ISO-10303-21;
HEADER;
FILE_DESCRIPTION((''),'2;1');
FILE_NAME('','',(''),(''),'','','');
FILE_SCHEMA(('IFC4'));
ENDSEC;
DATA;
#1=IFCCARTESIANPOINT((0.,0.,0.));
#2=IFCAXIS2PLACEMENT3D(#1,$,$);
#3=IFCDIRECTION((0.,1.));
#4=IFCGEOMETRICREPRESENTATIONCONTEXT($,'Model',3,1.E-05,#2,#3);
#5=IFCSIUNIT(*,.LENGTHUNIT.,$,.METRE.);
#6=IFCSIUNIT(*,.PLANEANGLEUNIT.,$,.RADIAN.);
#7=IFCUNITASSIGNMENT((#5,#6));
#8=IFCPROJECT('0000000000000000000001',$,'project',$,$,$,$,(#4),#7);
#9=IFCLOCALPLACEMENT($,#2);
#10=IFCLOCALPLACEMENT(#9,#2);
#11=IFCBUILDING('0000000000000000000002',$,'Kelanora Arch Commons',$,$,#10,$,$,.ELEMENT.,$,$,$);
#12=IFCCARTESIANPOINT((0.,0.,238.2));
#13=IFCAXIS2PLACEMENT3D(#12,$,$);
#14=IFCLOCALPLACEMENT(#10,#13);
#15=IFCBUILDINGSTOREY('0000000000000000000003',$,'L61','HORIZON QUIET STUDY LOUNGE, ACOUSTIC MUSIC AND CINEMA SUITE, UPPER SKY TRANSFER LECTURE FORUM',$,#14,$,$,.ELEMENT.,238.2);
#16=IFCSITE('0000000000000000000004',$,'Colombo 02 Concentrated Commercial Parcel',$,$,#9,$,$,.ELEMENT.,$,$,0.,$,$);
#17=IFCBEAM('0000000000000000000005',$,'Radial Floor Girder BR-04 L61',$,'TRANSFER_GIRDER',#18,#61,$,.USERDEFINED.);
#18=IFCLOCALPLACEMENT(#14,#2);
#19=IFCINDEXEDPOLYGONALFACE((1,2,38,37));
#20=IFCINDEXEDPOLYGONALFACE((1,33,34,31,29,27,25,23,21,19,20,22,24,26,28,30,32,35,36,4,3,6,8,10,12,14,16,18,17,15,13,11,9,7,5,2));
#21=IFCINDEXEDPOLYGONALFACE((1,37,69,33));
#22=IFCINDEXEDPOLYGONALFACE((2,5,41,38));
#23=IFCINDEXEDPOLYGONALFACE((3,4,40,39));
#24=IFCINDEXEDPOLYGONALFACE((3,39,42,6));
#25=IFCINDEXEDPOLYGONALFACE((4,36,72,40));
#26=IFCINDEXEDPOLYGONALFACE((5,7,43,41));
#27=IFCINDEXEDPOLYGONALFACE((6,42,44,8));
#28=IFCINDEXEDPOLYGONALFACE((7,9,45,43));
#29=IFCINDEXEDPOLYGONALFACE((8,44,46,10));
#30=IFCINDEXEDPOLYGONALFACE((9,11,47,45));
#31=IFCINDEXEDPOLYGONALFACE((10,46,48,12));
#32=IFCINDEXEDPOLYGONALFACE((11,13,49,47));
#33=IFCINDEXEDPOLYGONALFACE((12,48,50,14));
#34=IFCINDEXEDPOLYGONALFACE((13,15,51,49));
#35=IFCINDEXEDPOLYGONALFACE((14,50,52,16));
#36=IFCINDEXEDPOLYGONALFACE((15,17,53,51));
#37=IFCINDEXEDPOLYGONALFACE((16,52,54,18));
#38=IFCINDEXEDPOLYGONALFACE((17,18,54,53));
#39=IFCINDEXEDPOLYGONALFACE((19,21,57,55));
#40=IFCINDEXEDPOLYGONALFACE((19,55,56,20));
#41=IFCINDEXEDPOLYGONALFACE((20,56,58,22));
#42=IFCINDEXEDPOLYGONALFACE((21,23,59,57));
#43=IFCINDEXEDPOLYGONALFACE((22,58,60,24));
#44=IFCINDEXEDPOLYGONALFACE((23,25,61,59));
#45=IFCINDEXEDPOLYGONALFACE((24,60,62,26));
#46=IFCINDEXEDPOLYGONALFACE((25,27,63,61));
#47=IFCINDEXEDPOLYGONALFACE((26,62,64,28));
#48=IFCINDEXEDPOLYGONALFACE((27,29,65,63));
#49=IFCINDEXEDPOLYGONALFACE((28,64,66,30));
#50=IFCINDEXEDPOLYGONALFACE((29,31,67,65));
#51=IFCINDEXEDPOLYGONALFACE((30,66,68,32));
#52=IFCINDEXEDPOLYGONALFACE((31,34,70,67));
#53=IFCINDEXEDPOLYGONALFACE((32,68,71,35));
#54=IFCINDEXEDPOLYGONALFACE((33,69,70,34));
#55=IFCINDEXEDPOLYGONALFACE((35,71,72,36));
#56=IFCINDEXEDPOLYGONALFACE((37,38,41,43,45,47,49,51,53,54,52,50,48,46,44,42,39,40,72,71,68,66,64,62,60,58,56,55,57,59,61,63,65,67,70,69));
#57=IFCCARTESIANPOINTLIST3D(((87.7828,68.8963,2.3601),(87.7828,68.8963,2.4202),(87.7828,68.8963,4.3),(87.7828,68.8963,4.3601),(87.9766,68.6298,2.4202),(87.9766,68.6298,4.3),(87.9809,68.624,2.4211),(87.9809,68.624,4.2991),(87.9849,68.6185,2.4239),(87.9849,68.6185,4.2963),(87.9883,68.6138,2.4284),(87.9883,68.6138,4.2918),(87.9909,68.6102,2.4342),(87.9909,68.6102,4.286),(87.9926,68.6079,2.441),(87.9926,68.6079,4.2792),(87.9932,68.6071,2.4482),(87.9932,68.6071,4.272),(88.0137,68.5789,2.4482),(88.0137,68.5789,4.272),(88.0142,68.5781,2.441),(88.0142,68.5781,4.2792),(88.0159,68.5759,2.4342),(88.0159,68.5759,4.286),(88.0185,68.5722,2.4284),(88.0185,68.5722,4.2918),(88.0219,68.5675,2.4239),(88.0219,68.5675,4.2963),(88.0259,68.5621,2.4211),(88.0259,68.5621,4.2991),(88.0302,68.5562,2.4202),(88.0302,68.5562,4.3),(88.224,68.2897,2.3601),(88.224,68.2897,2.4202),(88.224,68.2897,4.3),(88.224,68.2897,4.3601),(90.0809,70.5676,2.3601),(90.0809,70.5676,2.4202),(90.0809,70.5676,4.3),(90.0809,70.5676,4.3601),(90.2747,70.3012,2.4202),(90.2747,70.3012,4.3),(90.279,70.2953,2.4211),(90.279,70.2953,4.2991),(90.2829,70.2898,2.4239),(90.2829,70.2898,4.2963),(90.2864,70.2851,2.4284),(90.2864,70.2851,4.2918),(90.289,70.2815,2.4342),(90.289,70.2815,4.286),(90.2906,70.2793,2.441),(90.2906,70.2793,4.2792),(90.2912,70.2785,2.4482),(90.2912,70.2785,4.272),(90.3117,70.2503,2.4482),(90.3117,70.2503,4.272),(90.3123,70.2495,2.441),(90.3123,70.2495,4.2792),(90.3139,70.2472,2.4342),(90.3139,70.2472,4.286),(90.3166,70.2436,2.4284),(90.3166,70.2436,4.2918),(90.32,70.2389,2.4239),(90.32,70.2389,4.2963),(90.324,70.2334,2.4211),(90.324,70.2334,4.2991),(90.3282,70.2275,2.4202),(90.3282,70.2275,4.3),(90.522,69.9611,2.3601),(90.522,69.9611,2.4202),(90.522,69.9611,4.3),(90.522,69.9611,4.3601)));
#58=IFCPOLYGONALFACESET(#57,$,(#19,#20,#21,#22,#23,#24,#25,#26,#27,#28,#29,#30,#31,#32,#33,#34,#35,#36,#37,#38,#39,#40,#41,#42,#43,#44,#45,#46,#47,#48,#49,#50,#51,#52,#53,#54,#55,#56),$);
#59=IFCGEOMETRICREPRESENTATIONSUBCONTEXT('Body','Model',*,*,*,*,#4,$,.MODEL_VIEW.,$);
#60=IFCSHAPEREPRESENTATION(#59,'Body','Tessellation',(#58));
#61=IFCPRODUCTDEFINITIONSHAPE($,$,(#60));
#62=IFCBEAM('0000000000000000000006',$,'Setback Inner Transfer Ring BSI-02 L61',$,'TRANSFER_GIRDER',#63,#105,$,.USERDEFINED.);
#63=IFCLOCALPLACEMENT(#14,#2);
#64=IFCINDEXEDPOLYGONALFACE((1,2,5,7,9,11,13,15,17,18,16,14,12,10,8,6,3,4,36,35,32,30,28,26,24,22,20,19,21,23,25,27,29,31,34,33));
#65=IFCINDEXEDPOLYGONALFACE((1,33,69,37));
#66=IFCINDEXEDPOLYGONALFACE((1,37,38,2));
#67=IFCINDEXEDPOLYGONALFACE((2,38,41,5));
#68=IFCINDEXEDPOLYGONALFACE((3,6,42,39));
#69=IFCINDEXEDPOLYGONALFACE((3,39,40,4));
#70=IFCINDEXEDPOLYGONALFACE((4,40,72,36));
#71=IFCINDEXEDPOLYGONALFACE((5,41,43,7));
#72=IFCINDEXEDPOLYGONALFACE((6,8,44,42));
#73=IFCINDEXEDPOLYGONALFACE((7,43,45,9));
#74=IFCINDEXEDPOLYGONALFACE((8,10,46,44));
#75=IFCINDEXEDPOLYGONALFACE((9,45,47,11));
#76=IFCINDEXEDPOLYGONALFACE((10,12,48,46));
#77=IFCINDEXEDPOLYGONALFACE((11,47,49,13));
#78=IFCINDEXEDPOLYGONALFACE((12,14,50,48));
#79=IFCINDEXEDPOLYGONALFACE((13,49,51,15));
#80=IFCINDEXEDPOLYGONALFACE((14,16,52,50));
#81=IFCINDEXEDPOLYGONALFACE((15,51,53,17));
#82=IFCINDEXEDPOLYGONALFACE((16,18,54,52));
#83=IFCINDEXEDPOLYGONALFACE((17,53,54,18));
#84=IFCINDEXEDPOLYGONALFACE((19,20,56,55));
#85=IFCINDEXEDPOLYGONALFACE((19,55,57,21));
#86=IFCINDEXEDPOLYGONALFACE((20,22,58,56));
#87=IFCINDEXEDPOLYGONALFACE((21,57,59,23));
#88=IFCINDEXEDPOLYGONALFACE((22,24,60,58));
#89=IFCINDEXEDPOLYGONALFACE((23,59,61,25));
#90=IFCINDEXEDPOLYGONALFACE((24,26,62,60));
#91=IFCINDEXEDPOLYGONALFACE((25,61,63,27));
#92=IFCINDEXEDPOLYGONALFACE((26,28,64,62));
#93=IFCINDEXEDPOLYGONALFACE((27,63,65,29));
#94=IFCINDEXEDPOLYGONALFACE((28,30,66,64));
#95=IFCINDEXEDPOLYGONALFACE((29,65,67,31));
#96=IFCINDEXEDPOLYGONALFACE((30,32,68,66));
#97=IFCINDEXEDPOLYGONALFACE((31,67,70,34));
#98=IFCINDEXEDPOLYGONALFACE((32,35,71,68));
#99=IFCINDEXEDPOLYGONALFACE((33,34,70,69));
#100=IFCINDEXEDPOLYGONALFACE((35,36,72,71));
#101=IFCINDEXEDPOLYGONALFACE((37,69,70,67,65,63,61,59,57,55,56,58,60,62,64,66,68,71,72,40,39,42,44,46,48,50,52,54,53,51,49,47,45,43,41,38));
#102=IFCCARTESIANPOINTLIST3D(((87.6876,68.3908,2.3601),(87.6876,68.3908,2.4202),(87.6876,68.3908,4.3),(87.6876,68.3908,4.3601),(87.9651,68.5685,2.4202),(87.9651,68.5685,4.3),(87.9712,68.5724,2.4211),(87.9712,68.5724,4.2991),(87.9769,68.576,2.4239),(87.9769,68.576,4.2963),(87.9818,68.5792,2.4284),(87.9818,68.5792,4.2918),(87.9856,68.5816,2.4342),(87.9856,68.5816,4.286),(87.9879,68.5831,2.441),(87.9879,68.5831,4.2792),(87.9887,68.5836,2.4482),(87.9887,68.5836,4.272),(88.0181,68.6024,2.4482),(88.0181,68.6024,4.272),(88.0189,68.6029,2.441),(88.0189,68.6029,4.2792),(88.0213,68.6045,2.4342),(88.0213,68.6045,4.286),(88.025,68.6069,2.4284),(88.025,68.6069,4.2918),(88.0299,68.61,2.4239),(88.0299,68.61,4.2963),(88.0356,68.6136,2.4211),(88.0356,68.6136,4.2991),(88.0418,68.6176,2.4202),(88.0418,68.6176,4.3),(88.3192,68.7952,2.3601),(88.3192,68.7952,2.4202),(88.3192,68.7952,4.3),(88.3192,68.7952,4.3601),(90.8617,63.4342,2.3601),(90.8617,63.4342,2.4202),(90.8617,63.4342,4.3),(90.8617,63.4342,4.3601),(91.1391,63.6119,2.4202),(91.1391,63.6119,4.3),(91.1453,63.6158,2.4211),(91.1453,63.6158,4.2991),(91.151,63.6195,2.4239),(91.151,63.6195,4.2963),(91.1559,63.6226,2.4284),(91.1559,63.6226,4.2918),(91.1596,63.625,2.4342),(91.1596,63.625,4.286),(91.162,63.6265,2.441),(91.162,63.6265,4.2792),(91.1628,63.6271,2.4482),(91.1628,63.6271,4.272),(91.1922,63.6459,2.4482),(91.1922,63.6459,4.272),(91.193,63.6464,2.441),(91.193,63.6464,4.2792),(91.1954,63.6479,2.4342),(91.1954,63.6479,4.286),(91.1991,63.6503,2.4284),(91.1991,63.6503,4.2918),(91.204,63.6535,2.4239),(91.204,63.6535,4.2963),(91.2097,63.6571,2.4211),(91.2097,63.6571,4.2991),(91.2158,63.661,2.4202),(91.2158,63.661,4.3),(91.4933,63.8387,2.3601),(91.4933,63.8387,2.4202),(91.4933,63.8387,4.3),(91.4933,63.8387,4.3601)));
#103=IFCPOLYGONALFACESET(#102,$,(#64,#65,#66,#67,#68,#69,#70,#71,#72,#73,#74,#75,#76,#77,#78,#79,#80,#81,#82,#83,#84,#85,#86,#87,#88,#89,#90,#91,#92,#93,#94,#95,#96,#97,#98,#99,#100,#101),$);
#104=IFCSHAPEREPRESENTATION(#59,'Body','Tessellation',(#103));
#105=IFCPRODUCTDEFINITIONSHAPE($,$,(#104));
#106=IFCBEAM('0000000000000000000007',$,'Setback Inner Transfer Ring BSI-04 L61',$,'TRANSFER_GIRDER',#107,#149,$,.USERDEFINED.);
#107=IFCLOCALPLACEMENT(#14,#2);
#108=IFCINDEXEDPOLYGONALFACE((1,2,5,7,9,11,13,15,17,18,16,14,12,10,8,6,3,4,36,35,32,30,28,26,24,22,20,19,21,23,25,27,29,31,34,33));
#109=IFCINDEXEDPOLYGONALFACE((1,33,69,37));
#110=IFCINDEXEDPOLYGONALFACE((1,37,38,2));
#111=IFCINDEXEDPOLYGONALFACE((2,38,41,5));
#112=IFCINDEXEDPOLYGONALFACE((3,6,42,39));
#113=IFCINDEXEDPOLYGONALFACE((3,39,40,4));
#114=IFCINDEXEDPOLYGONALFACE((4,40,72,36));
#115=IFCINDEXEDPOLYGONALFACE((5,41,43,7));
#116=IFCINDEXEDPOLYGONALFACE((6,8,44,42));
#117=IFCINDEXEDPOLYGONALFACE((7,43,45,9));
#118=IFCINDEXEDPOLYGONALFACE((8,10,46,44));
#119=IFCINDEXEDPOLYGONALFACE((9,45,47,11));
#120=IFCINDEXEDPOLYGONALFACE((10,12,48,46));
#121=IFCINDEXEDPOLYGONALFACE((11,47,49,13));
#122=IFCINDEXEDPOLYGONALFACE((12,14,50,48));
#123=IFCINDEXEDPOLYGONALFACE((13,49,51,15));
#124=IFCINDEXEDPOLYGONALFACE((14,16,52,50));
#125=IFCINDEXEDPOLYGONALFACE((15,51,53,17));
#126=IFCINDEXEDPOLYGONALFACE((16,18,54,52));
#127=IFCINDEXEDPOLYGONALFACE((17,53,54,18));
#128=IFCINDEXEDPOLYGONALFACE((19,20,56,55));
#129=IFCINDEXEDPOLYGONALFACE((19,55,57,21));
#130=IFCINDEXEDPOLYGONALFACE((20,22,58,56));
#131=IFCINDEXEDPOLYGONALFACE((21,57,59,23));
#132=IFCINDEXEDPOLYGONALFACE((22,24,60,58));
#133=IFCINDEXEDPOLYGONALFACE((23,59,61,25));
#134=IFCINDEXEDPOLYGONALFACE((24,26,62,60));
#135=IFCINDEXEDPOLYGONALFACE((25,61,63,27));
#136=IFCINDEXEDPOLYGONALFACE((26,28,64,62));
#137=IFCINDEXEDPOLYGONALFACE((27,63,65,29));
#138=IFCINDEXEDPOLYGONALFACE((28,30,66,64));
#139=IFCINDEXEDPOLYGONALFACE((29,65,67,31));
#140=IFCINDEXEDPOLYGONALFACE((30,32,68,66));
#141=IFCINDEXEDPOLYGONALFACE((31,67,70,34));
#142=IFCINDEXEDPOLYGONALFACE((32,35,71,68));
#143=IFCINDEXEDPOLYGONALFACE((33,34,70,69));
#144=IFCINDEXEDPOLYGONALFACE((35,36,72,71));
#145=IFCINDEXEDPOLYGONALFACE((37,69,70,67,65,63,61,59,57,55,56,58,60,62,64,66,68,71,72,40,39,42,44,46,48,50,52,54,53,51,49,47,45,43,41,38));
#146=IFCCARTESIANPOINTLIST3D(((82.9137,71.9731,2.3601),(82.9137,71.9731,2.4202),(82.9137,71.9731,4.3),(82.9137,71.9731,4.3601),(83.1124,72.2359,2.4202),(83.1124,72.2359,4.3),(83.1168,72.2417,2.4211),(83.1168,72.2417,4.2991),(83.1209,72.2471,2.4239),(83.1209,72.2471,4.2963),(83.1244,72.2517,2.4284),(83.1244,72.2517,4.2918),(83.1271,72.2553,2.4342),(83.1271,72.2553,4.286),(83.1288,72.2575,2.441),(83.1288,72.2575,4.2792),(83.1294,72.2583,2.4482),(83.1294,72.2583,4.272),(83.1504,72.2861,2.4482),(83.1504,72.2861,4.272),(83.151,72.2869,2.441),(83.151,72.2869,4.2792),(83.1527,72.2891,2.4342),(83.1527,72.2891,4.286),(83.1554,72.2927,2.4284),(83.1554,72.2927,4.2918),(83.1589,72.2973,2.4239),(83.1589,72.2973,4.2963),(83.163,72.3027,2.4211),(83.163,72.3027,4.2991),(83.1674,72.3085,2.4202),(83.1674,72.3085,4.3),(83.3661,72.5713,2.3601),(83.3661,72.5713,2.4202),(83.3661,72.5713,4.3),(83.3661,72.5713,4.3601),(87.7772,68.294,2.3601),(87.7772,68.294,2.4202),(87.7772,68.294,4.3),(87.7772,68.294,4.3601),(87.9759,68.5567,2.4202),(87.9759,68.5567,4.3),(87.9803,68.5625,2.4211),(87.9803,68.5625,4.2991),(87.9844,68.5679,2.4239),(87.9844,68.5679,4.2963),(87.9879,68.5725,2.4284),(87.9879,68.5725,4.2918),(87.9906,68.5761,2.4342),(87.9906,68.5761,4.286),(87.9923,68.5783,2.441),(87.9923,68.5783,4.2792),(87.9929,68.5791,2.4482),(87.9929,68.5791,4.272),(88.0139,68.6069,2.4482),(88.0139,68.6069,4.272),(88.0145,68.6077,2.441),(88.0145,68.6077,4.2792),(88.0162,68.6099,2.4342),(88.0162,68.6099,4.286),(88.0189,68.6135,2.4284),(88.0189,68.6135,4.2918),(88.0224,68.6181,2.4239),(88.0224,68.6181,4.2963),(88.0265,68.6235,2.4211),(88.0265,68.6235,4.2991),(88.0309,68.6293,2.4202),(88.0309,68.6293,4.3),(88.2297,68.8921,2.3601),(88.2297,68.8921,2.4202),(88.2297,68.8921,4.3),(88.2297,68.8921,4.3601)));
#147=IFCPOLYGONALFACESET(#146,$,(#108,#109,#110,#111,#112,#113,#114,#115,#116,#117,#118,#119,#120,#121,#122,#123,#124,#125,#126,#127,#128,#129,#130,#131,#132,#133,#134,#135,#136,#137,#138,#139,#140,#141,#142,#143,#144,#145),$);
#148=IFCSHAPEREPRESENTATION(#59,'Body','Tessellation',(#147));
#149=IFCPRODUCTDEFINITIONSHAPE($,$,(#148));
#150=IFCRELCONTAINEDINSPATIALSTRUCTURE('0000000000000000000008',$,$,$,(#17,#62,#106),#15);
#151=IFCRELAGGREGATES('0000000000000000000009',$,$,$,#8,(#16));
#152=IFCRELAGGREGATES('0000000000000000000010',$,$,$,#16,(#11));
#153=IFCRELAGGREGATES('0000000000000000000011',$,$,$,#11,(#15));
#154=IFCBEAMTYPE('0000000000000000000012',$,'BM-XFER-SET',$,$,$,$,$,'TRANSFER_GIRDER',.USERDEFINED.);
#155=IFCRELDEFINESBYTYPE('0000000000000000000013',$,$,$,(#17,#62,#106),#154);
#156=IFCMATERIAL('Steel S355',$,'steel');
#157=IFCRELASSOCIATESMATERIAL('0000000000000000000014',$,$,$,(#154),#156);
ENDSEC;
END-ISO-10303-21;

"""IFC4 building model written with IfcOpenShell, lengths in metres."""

from ifc_helpers import new_model, si_unit, direction, frame, origin, origin_2d, place, context, subcontext, project, spatial, i_section, extrude, material, material_profile, profile_set, type_object, element, save


model = new_model("IFC4")

# Units and contexts
model_context = context("Model", 3, precision=1e-05, world=origin(), true_north=direction((0.0, 1.0)))
body_context = subcontext(model_context, "Body", "Model", "MODEL_VIEW")
ifc_project = project(units=[si_unit("LENGTHUNIT", "METRE"), si_unit("PLANEANGLEUNIT", "RADIAN")], contexts=[model_context])

# Site, building, storey
site_placement = place(None, origin())
site = spatial("IfcSite", under=ifc_project, at=site_placement, Name="Colombo 02 Concentrated Commercial Parcel", CompositionType="ELEMENT", RefElevation=0.0)
building_placement = place(site_placement, origin())
building = spatial("IfcBuilding", under=site, at=building_placement, Name="Kelanora Arch Commons", CompositionType="ELEMENT")
storey_placement = place(building_placement, frame((0.0, 0.0, 238.2)))
storey = spatial("IfcBuildingStorey", under=building, at=storey_placement, Name="L61", Description="HORIZON QUIET STUDY LOUNGE, ACOUSTIC MUSIC AND CINEMA SUITE, UPPER SKY TRANSFER LECTURE FORUM", CompositionType="ELEMENT", Elevation=238.2)

# Beams
ifc_material_1 = material(Name="Steel S355", Category="steel")
ifc_material_profile_1 = material_profile(ifc_material_1, i_section(OverallWidth=0.75, OverallDepth=2.0, WebThickness=0.0349, FlangeThickness=0.0601, FilletRadius=0.0281, at=origin_2d()), Name="PG2000x750")
ifc_profile_set_1 = profile_set([ifc_material_profile_1], Name="Steel S355")
beam_type_1 = type_object("IfcBeamType", Name="BM-XFER-SET", ElementType="TRANSFER_GIRDER", PredefinedType="USERDEFINED", material=ifc_profile_set_1)
beam_1_placement = place(storey_placement, frame((88.0034, 68.593, 3.3601), z_axis=(0.808729, 0.588182, 0.0), x_axis=(-0.588182, 0.808729, 0.0)))
element("IfcBeam", 1, at=beam_1_placement, inside=storey, type_object=beam_type_1, Name="Radial Floor Girder BR-04 L61", ObjectType="TRANSFER_GIRDER", PredefinedType="USERDEFINED", context=body_context, shape_type="SweptSolid", body=[
    extrude(i_section(OverallWidth=0.75, OverallDepth=2.0, WebThickness=0.0349, FlangeThickness=0.0601, FilletRadius=0.0281, at=origin_2d()), origin(), (0.0, 0.0, 1.0), 2.8416),
])
beam_2_placement = place(storey_placement, frame((91.1775, 63.6365, 3.3601), z_axis=(-0.539281, 0.842126, 0.0), x_axis=(-0.842126, -0.539281, 0.0)))
element("IfcBeam", 2, at=beam_2_placement, inside=storey, type_object=beam_type_1, Name="Setback Inner Transfer Ring BSI-02 L61", ObjectType="TRANSFER_GIRDER", PredefinedType="USERDEFINED", context=body_context, shape_type="SweptSolid", body=[
    extrude(i_section(OverallWidth=0.75, OverallDepth=2.0, WebThickness=0.0349, FlangeThickness=0.0601, FilletRadius=0.0281, at=origin_2d()), origin(), (0.0, 0.0, 1.0), 5.8857),
])
beam_3_placement = place(storey_placement, frame((88.0034, 68.593, 3.3601), z_axis=(-0.797509, 0.603306, 0.0), x_axis=(-0.603306, -0.797509, 0.0)))
element("IfcBeam", 3, at=beam_3_placement, inside=storey, type_object=beam_type_1, Name="Setback Inner Transfer Ring BSI-04 L61", ObjectType="TRANSFER_GIRDER", PredefinedType="USERDEFINED", context=body_context, shape_type="SweptSolid", body=[
    extrude(i_section(OverallWidth=0.75, OverallDepth=2.0, WebThickness=0.0349, FlangeThickness=0.0601, FilletRadius=0.0281, at=origin_2d()), origin(), (0.0, 0.0, 1.0), 6.0984),
])

save(model, "model.ifc")
